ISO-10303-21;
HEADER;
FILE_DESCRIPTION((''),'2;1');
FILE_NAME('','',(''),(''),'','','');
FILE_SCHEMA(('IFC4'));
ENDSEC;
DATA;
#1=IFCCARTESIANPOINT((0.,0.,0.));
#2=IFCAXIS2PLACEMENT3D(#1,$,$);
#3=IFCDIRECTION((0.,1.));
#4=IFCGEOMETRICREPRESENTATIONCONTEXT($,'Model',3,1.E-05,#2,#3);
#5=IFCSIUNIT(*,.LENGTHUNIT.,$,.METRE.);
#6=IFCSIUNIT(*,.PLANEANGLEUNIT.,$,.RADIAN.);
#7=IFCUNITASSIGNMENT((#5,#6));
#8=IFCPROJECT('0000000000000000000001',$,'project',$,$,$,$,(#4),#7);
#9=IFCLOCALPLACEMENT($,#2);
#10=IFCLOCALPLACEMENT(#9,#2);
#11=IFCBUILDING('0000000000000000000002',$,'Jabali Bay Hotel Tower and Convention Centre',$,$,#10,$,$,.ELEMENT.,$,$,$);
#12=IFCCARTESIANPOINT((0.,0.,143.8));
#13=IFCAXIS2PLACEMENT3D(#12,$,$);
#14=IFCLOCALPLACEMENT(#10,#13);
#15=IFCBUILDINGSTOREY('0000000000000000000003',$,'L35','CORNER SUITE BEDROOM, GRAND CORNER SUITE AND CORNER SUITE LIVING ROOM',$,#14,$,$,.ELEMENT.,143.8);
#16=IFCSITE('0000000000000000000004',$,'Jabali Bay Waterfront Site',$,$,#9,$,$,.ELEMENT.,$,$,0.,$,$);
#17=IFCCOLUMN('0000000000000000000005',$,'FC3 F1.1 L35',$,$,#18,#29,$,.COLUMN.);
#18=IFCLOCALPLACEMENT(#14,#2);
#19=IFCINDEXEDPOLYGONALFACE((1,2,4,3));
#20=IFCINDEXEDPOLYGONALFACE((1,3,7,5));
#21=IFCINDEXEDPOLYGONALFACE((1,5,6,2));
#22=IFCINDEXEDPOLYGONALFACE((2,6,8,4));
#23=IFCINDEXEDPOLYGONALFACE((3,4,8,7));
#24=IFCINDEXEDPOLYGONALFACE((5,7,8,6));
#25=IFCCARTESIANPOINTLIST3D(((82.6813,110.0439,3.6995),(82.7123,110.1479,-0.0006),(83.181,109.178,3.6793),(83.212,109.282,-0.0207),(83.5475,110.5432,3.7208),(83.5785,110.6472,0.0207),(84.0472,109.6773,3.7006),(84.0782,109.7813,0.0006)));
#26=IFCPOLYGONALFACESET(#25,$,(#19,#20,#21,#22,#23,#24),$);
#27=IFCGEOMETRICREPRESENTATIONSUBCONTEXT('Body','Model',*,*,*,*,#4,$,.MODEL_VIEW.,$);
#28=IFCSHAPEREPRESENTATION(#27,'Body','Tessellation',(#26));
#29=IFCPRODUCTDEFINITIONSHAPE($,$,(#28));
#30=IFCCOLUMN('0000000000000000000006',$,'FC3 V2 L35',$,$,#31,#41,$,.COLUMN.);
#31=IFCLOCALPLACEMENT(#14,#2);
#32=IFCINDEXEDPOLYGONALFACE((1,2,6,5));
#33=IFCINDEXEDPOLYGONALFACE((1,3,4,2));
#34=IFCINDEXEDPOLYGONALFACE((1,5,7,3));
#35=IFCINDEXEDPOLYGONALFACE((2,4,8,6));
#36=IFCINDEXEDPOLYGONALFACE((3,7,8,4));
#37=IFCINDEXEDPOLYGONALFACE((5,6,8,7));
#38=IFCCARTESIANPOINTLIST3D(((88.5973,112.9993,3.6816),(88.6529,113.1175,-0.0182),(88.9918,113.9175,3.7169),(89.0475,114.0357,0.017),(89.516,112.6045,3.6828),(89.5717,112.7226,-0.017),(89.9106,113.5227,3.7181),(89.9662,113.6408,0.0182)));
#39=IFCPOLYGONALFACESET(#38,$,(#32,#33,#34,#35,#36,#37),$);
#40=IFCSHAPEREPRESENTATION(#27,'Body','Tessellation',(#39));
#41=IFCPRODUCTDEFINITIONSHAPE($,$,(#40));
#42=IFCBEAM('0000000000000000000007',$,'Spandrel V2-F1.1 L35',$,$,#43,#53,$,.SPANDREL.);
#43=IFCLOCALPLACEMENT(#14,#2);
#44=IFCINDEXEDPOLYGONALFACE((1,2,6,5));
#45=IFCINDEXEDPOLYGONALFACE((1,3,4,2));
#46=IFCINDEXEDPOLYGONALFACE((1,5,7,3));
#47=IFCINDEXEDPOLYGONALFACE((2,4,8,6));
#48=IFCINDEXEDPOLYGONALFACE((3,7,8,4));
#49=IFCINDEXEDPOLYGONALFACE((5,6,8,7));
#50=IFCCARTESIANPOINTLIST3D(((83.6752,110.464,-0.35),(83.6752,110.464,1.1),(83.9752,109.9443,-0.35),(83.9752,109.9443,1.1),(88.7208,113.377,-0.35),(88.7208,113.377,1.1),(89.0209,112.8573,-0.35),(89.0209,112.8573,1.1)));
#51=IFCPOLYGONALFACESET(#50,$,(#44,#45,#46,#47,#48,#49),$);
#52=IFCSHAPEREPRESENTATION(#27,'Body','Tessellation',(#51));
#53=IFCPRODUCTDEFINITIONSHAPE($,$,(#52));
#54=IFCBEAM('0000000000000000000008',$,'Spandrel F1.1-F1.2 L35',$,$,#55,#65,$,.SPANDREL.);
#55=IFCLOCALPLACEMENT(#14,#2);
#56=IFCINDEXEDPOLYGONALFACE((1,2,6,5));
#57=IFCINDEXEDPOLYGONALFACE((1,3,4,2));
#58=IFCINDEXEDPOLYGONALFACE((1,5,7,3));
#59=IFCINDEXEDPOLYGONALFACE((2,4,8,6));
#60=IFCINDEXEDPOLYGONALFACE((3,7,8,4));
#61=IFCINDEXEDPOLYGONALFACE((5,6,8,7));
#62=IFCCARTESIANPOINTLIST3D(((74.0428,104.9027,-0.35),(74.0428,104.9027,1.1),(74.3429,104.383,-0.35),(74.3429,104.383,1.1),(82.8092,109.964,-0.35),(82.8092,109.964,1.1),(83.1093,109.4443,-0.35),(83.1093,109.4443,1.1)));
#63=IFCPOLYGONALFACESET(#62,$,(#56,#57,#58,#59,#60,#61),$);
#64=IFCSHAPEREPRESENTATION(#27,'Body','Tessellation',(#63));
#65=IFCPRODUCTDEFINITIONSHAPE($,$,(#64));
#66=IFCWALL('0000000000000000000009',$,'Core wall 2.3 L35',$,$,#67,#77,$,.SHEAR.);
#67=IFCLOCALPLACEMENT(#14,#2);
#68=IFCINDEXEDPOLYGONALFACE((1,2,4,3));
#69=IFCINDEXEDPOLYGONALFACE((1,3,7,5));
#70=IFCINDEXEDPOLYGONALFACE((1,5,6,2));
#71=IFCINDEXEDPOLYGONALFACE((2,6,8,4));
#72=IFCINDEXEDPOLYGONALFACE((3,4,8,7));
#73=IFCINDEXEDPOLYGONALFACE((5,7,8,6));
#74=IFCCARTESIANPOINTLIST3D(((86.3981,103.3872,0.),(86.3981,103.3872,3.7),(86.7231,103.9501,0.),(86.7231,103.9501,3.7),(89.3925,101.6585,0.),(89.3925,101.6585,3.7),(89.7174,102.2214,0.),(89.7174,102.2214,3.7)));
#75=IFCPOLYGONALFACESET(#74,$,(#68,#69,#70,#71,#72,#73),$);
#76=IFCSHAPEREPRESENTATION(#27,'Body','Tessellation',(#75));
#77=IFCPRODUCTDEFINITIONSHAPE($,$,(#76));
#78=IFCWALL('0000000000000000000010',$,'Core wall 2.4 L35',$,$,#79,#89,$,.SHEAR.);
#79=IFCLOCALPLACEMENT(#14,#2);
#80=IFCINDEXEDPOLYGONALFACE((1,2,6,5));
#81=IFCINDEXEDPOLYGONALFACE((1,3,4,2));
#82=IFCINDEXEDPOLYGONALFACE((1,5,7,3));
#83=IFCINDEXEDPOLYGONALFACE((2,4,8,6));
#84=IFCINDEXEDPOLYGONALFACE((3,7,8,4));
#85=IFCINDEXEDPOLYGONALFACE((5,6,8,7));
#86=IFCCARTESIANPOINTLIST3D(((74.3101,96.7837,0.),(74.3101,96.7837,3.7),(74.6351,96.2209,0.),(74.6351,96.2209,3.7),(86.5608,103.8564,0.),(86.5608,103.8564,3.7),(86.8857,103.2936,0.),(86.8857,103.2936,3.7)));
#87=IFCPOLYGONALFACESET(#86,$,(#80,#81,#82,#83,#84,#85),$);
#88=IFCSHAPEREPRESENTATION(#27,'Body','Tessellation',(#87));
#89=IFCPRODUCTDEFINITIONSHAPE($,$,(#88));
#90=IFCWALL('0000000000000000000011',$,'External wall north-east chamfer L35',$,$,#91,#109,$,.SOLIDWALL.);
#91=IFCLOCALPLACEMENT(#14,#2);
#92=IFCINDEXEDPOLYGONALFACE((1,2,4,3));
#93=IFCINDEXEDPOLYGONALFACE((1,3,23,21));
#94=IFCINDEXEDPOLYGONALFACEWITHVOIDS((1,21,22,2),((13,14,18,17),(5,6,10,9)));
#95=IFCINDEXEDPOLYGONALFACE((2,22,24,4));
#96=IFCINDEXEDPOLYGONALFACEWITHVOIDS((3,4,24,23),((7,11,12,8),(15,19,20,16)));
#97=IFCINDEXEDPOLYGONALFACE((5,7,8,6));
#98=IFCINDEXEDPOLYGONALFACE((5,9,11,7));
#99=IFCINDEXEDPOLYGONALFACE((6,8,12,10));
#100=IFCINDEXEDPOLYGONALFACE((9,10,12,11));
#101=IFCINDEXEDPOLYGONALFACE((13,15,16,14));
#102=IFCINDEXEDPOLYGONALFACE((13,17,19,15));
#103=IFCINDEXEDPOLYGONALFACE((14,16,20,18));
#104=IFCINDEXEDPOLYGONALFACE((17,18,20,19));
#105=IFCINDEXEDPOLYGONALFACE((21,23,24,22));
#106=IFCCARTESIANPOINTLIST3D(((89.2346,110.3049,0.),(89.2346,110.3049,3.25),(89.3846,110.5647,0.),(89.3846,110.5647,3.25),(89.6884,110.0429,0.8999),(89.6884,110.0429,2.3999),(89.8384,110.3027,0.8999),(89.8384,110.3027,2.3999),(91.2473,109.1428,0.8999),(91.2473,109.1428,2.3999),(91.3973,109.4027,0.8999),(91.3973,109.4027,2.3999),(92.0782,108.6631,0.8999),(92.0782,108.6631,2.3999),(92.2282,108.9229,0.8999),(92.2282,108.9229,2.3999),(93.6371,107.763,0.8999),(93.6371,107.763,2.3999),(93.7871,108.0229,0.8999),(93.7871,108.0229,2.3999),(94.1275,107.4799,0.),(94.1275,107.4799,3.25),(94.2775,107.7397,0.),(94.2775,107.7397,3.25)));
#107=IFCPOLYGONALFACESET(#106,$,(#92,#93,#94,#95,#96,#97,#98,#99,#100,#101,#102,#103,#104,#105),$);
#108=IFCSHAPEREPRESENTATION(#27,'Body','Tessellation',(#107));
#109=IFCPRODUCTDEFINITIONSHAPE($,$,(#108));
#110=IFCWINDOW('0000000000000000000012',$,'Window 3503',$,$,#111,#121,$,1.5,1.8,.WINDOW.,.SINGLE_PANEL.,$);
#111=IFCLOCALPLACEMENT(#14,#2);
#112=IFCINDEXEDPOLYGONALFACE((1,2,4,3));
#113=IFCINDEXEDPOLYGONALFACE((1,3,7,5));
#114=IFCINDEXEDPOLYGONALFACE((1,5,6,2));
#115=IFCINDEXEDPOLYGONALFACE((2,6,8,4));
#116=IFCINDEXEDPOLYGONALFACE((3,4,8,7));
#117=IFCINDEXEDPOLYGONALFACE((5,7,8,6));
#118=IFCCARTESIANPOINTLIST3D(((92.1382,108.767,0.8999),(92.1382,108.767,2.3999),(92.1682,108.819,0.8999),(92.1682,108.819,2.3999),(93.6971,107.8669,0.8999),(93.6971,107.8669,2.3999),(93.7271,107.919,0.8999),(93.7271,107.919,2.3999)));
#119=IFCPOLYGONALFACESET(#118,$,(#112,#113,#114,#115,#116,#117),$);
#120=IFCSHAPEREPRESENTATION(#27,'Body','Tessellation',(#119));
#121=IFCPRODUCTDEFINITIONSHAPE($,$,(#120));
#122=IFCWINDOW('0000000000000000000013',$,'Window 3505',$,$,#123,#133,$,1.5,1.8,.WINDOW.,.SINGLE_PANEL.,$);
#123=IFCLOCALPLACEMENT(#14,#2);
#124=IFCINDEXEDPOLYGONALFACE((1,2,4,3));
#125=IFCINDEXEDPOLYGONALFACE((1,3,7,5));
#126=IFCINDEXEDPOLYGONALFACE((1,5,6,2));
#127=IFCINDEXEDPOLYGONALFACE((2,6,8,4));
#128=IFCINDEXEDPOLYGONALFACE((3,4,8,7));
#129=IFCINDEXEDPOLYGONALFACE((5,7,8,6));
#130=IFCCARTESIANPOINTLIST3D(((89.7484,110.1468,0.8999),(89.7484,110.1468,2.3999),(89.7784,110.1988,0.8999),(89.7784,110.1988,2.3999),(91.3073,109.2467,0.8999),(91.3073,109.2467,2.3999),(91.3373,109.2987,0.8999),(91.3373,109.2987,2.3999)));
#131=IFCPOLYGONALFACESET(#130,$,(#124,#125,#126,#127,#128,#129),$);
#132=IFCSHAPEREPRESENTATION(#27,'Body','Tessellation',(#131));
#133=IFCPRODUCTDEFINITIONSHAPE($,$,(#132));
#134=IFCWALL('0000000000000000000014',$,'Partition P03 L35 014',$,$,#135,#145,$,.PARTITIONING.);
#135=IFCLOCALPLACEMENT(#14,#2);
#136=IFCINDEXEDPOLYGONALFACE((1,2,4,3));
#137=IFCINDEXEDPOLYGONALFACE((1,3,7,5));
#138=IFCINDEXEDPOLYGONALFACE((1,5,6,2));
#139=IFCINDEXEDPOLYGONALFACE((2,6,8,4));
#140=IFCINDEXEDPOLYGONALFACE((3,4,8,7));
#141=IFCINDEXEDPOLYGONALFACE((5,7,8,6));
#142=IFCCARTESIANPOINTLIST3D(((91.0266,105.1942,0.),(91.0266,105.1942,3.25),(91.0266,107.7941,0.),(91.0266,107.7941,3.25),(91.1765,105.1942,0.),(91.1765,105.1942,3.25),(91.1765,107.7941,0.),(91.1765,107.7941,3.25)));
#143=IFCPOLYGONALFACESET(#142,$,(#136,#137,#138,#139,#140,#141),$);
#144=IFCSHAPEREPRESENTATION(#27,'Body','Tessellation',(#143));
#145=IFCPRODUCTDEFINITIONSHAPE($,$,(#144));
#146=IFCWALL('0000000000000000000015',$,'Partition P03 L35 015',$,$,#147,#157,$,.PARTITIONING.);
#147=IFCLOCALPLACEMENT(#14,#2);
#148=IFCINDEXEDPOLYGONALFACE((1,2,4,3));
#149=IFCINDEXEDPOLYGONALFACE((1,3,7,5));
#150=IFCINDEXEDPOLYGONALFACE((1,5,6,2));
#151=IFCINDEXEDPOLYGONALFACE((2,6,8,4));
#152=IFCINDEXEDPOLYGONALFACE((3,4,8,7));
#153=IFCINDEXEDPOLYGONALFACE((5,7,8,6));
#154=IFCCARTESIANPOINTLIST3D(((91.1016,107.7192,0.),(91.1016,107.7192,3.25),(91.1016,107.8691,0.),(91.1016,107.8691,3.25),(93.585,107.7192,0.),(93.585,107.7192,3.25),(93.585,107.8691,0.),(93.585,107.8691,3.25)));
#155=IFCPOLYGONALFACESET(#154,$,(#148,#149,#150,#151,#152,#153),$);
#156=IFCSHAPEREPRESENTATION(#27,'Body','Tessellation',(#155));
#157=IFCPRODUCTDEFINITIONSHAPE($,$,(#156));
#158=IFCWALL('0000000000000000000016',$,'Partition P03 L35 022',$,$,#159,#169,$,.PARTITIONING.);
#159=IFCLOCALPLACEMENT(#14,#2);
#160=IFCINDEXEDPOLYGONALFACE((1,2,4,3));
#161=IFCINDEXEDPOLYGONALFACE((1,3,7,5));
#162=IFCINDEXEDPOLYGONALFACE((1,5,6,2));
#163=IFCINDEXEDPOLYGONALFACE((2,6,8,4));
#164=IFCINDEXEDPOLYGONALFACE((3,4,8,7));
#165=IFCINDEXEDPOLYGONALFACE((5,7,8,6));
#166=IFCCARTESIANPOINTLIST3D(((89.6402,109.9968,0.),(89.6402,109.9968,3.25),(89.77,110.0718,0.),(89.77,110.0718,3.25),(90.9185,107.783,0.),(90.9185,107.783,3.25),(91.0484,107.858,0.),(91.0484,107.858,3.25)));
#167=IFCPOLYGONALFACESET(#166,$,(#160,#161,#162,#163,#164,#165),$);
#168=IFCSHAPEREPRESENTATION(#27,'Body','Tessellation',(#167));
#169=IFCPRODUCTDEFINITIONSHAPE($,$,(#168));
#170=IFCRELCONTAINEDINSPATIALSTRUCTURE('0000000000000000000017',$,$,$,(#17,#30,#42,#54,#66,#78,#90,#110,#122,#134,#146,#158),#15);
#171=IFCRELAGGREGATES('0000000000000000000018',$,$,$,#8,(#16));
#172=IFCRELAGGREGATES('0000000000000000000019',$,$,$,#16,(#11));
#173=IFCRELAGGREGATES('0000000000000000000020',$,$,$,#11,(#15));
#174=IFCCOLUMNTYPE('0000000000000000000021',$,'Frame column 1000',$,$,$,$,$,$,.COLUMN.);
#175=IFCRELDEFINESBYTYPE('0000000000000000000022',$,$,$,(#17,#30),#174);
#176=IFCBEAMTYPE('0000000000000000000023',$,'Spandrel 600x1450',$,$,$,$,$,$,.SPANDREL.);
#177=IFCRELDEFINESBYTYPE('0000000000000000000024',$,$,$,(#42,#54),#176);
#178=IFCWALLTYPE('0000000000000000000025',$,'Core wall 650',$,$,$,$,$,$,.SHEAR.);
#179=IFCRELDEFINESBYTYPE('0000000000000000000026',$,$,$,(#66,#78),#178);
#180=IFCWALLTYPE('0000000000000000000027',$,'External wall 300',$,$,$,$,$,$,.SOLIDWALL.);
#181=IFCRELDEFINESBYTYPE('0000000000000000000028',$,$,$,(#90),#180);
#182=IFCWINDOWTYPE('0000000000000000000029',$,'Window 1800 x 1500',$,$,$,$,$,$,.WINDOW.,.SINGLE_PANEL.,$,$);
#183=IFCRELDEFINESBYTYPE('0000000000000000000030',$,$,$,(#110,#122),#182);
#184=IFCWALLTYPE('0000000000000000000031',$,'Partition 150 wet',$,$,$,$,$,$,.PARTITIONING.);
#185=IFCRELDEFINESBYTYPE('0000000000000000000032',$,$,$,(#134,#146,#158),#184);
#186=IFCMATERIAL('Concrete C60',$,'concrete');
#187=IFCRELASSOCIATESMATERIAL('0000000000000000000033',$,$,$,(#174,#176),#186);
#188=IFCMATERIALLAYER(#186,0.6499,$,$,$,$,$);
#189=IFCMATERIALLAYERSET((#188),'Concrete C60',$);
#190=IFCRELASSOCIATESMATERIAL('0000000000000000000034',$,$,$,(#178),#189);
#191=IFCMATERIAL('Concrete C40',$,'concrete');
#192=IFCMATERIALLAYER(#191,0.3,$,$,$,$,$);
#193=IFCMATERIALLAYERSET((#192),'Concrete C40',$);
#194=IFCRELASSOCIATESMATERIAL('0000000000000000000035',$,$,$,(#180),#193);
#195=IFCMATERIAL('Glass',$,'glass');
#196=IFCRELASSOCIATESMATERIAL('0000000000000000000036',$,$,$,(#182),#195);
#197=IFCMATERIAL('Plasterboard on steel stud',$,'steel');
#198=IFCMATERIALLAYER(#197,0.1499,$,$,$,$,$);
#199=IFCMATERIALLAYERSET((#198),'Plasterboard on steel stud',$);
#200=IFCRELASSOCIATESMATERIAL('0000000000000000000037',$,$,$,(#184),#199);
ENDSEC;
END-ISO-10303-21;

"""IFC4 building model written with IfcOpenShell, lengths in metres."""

from ifc_helpers import new_model, si_unit, direction, frame, frame_2d, origin, origin_2d, place, context, subcontext, project, spatial, rectangle, extrude, material, layer, layer_set, material_profile, profile_set, type_object, element, fill, save


model = new_model("IFC4")

# Units and contexts
model_context = context("Model", 3, precision=1e-05, world=origin(), true_north=direction((0.0, 1.0)))
body_context = subcontext(model_context, "Body", "Model", "MODEL_VIEW")
ifc_project = project(units=[si_unit("LENGTHUNIT", "METRE"), si_unit("PLANEANGLEUNIT", "RADIAN")], contexts=[model_context])

# Site, building, storey
site_placement = place(None, origin())
site = spatial("IfcSite", under=ifc_project, at=site_placement, Name="Jabali Bay Waterfront Site", CompositionType="ELEMENT", RefElevation=0.0)
building_placement = place(site_placement, origin())
building = spatial("IfcBuilding", under=site, at=building_placement, Name="Jabali Bay Hotel Tower and Convention Centre", CompositionType="ELEMENT")
storey_placement = place(building_placement, frame((0.0, 0.0, 143.8)))
storey = spatial("IfcBuildingStorey", under=building, at=storey_placement, Name="L35", Description="CORNER SUITE BEDROOM, GRAND CORNER SUITE AND CORNER SUITE LIVING ROOM", CompositionType="ELEMENT", Elevation=143.8)

# Columns
ifc_material_1 = material(Name="Concrete C60", Category="concrete")
ifc_material_profile_1 = material_profile(ifc_material_1, rectangle(XDim=1.0, YDim=1.0, at=origin_2d()), Name="Frame column 1000")
ifc_profile_set_1 = profile_set([ifc_material_profile_1], Name="Concrete C60")
column_type = type_object("IfcColumnType", Name="Frame column 1000", PredefinedType="COLUMN", material=ifc_profile_set_1)
column_1_placement = place(storey_placement, frame((83.3953, 109.9646, 0.0), z_axis=(-0.008376, -0.028097, 0.99957), x_axis=(0.866167, 0.4993, 0.021294)))
element("IfcColumn", 1, at=column_1_placement, inside=storey, type_object=column_type, Name="FC3 F1.1 L35", PredefinedType="COLUMN", context=body_context, shape_type="SweptSolid", body=[
    extrude(rectangle(XDim=1.0, YDim=1.0, at=origin_2d()), origin(), (0.0, 0.0, 1.0), 3.7017),
])
column_2_placement = place(storey_placement, frame((89.3096, 113.3792, 0.0), z_axis=(-0.015035, -0.031917, 0.999377), x_axis=(0.918754, -0.394829, 0.001213)))
element("IfcColumn", 2, at=column_2_placement, inside=storey, type_object=column_type, Name="FC3 V2 L35", PredefinedType="COLUMN", context=body_context, shape_type="SweptSolid", body=[
    extrude(rectangle(XDim=1.0, YDim=1.0, at=origin_2d()), origin(), (0.0, 0.0, 1.0), 3.7021),
])

# Beams
ifc_material_profile_2 = material_profile(ifc_material_1, rectangle(XDim=0.6001, YDim=1.45, at=origin_2d()), Name="Spandrel 600x1450")
ifc_profile_set_2 = profile_set([ifc_material_profile_2], Name="Concrete C60")
beam_type = type_object("IfcBeamType", Name="Spandrel 600x1450", PredefinedType="SPANDREL", material=ifc_profile_set_2)
beam_1_placement = place(storey_placement, frame((88.8708, 113.1172, 0.375), z_axis=(-0.866027, -0.499997, 0.0), x_axis=(0.499997, -0.866027, 0.0)))
element("IfcBeam", 3, at=beam_1_placement, inside=storey, type_object=beam_type, Name="Spandrel V2-F1.1 L35", PredefinedType="SPANDREL", context=body_context, shape_type="SweptSolid", body=[
    extrude(rectangle(XDim=0.6001, YDim=1.45, at=origin_2d()), origin(), (0.0, 0.0, 1.0), 5.8262),
])
beam_2_placement = place(storey_placement, frame((82.9592, 109.7041, 0.375), z_axis=(-0.866025, -0.500002, 0.0), x_axis=(0.500002, -0.866025, 0.0)))
element("IfcBeam", 4, at=beam_2_placement, inside=storey, type_object=beam_type, Name="Spandrel F1.1-F1.2 L35", PredefinedType="SPANDREL", context=body_context, shape_type="SweptSolid", body=[
    extrude(rectangle(XDim=0.6001, YDim=1.45, at=origin_2d()), origin(), (0.0, 0.0, 1.0), 10.1226),
])

# Walls
ifc_layer_1 = layer(ifc_material_1, 0.6499)
ifc_layer_set_1 = layer_set([ifc_layer_1], Name="Concrete C60")
wall_type_1 = type_object("IfcWallType", Name="Core wall 650", PredefinedType="SHEAR", material=ifc_layer_set_1)
wall_1_placement = place(storey_placement, frame((89.5549, 101.9399, 0.0), z_axis=(0.0, 0.0, 1.0), x_axis=(-0.866032, 0.499989, 0.0)))
element("IfcWall", 5, at=wall_1_placement, inside=storey, type_object=wall_type_1, Name="Core wall 2.3 L35", PredefinedType="SHEAR", context=body_context, shape_type="SweptSolid", body=[
    extrude(rectangle(XDim=3.4575, YDim=0.6499, at=frame_2d((1.7288, 0.0))), origin(), (0.0, 0.0, 1.0), 3.7),
])
wall_2_placement = place(storey_placement, frame((86.7231, 103.575, 0.0), z_axis=(0.0, 0.0, 1.0), x_axis=(-0.866032, -0.499989, 0.0)))
element("IfcWall", 6, at=wall_2_placement, inside=storey, type_object=wall_type_1, Name="Core wall 2.4 L35", PredefinedType="SHEAR", context=body_context, shape_type="SweptSolid", body=[
    extrude(rectangle(XDim=14.1458, YDim=0.6499, at=frame_2d((7.0728, 0.0))), origin(), (0.0, 0.0, 1.0), 3.7),
])

# Wall, openings, windows
ifc_material_2 = material(Name="Concrete C40", Category="concrete")
ifc_layer_2 = layer(ifc_material_2, 0.3)
ifc_layer_set_2 = layer_set([ifc_layer_2], Name="Concrete C40")
wall_type_2 = type_object("IfcWallType", Name="External wall 300", PredefinedType="SOLIDWALL", material=ifc_layer_set_2)
wall_3_placement = place(storey_placement, frame((89.3096, 110.4348, 0.0), z_axis=(0.0, 0.0, 1.0), x_axis=(0.866019, -0.50001, 0.0)))
wall_3 = element("IfcWall", 7, at=wall_3_placement, inside=storey, type_object=wall_type_2, Name="External wall north-east chamfer L35", PredefinedType="SOLIDWALL", context=body_context, shape_type="SweptSolid", body=[
    extrude(rectangle(XDim=5.6499, YDim=0.3, at=frame_2d((2.825, 0.0))), origin(), (0.0, 0.0, 1.0), 3.25),
])
opening_1_placement = place(wall_3_placement, frame((3.2837, 0.0, 0.8999)))
opening_1 = element("IfcOpeningElement", 8, at=opening_1_placement, cuts=wall_3, PredefinedType="OPENING", context=body_context, shape_type="SweptSolid", body=[
    extrude(rectangle(XDim=1.8, YDim=1.5, at=frame_2d((0.8999, 0.75))), frame((0.0, 0.1606, 0.0), z_axis=(0.0, -1.0, 0.0), x_axis=(1.0, 0.0, 0.0)), (0.0, 0.0, 1.0), 0.321),
])
opening_2_placement = place(wall_3_placement, frame((0.5242, 0.0, 0.8999)))
opening_2 = element("IfcOpeningElement", 9, at=opening_2_placement, cuts=wall_3, PredefinedType="OPENING", context=body_context, shape_type="SweptSolid", body=[
    extrude(rectangle(XDim=1.8, YDim=1.5, at=frame_2d((0.8999, 0.75))), frame((0.0, 0.1606, 0.0), z_axis=(0.0, -1.0, 0.0), x_axis=(1.0, 0.0, 0.0)), (0.0, 0.0, 1.0), 0.321),
])
ifc_material_3 = material(Name="Glass", Category="glass")
window_type = type_object("IfcWindowType", Name="Window 1800 x 1500", PartitioningType="SINGLE_PANEL", PredefinedType="WINDOW", material=ifc_material_3)
window_1_placement = place(opening_1_placement, origin())
window_1 = element("IfcWindow", 10, at=window_1_placement, inside=storey, type_object=window_type, Name="Window 3503", OverallHeight=1.5, OverallWidth=1.8, PartitioningType="SINGLE_PANEL", PredefinedType="WINDOW", context=body_context, shape_type="SweptSolid", body=[
    extrude(rectangle(XDim=1.8, YDim=1.5, at=frame_2d((0.8999, 0.75))), frame((0.0, 0.03, 0.0), z_axis=(0.0, -1.0, 0.0), x_axis=(1.0, 0.0, 0.0)), (0.0, 0.0, 1.0), 0.0601),
])
fill(opening_1, window_1)
window_2_placement = place(opening_2_placement, origin())
window_2 = element("IfcWindow", 11, at=window_2_placement, inside=storey, type_object=window_type, Name="Window 3505", OverallHeight=1.5, OverallWidth=1.8, PartitioningType="SINGLE_PANEL", PredefinedType="WINDOW", context=body_context, shape_type="SweptSolid", body=[
    extrude(rectangle(XDim=1.8, YDim=1.5, at=frame_2d((0.8999, 0.75))), frame((0.0, 0.03, 0.0), z_axis=(0.0, -1.0, 0.0), x_axis=(1.0, 0.0, 0.0)), (0.0, 0.0, 1.0), 0.0601),
])
fill(opening_2, window_2)

# Walls
ifc_material_4 = material(Name="Plasterboard on steel stud", Category="steel")
ifc_layer_3 = layer(ifc_material_4, 0.1499)
ifc_layer_set_3 = layer_set([ifc_layer_3], Name="Plasterboard on steel stud")
wall_type_3 = type_object("IfcWallType", Name="Partition 150 wet", PredefinedType="PARTITIONING", material=ifc_layer_set_3)
wall_4_placement = place(storey_placement, frame((91.1016, 105.1943, 0.0), z_axis=(0.0, 0.0, 1.0), x_axis=(0.0, 1.0, 0.0)))
element("IfcWall", 12, at=wall_4_placement, inside=storey, type_object=wall_type_3, Name="Partition P03 L35 014", PredefinedType="PARTITIONING", context=body_context, shape_type="SweptSolid", body=[
    extrude(rectangle(XDim=2.5999, YDim=0.1499, at=frame_2d((1.2998, 0.0))), origin(), (0.0, 0.0, 1.0), 3.25),
])
wall_5_placement = place(storey_placement, frame((91.1016, 107.7942, 0.0), z_axis=(0.0, 0.0, 1.0), x_axis=(1.0, 0.0, 0.0)))
element("IfcWall", 13, at=wall_5_placement, inside=storey, type_object=wall_type_3, Name="Partition P03 L35 015", PredefinedType="PARTITIONING", context=body_context, shape_type="SweptSolid", body=[
    extrude(rectangle(XDim=2.4834, YDim=0.1499, at=frame_2d((1.2417, 0.0))), origin(), (0.0, 0.0, 1.0), 3.25),
])
wall_6_placement = place(storey_placement, frame((89.7051, 110.0344, 0.0), z_axis=(0.0, 0.0, 1.0), x_axis=(0.500042, -0.866001, 0.0)))
element("IfcWall", 14, at=wall_6_placement, inside=storey, type_object=wall_type_3, Name="Partition P03 L35 022", PredefinedType="PARTITIONING", context=body_context, shape_type="SweptSolid", body=[
    extrude(rectangle(XDim=2.5564, YDim=0.1499, at=frame_2d((1.2783, 0.0))), origin(), (0.0, 0.0, 1.0), 3.25),
])

save(model, "model.ifc")
